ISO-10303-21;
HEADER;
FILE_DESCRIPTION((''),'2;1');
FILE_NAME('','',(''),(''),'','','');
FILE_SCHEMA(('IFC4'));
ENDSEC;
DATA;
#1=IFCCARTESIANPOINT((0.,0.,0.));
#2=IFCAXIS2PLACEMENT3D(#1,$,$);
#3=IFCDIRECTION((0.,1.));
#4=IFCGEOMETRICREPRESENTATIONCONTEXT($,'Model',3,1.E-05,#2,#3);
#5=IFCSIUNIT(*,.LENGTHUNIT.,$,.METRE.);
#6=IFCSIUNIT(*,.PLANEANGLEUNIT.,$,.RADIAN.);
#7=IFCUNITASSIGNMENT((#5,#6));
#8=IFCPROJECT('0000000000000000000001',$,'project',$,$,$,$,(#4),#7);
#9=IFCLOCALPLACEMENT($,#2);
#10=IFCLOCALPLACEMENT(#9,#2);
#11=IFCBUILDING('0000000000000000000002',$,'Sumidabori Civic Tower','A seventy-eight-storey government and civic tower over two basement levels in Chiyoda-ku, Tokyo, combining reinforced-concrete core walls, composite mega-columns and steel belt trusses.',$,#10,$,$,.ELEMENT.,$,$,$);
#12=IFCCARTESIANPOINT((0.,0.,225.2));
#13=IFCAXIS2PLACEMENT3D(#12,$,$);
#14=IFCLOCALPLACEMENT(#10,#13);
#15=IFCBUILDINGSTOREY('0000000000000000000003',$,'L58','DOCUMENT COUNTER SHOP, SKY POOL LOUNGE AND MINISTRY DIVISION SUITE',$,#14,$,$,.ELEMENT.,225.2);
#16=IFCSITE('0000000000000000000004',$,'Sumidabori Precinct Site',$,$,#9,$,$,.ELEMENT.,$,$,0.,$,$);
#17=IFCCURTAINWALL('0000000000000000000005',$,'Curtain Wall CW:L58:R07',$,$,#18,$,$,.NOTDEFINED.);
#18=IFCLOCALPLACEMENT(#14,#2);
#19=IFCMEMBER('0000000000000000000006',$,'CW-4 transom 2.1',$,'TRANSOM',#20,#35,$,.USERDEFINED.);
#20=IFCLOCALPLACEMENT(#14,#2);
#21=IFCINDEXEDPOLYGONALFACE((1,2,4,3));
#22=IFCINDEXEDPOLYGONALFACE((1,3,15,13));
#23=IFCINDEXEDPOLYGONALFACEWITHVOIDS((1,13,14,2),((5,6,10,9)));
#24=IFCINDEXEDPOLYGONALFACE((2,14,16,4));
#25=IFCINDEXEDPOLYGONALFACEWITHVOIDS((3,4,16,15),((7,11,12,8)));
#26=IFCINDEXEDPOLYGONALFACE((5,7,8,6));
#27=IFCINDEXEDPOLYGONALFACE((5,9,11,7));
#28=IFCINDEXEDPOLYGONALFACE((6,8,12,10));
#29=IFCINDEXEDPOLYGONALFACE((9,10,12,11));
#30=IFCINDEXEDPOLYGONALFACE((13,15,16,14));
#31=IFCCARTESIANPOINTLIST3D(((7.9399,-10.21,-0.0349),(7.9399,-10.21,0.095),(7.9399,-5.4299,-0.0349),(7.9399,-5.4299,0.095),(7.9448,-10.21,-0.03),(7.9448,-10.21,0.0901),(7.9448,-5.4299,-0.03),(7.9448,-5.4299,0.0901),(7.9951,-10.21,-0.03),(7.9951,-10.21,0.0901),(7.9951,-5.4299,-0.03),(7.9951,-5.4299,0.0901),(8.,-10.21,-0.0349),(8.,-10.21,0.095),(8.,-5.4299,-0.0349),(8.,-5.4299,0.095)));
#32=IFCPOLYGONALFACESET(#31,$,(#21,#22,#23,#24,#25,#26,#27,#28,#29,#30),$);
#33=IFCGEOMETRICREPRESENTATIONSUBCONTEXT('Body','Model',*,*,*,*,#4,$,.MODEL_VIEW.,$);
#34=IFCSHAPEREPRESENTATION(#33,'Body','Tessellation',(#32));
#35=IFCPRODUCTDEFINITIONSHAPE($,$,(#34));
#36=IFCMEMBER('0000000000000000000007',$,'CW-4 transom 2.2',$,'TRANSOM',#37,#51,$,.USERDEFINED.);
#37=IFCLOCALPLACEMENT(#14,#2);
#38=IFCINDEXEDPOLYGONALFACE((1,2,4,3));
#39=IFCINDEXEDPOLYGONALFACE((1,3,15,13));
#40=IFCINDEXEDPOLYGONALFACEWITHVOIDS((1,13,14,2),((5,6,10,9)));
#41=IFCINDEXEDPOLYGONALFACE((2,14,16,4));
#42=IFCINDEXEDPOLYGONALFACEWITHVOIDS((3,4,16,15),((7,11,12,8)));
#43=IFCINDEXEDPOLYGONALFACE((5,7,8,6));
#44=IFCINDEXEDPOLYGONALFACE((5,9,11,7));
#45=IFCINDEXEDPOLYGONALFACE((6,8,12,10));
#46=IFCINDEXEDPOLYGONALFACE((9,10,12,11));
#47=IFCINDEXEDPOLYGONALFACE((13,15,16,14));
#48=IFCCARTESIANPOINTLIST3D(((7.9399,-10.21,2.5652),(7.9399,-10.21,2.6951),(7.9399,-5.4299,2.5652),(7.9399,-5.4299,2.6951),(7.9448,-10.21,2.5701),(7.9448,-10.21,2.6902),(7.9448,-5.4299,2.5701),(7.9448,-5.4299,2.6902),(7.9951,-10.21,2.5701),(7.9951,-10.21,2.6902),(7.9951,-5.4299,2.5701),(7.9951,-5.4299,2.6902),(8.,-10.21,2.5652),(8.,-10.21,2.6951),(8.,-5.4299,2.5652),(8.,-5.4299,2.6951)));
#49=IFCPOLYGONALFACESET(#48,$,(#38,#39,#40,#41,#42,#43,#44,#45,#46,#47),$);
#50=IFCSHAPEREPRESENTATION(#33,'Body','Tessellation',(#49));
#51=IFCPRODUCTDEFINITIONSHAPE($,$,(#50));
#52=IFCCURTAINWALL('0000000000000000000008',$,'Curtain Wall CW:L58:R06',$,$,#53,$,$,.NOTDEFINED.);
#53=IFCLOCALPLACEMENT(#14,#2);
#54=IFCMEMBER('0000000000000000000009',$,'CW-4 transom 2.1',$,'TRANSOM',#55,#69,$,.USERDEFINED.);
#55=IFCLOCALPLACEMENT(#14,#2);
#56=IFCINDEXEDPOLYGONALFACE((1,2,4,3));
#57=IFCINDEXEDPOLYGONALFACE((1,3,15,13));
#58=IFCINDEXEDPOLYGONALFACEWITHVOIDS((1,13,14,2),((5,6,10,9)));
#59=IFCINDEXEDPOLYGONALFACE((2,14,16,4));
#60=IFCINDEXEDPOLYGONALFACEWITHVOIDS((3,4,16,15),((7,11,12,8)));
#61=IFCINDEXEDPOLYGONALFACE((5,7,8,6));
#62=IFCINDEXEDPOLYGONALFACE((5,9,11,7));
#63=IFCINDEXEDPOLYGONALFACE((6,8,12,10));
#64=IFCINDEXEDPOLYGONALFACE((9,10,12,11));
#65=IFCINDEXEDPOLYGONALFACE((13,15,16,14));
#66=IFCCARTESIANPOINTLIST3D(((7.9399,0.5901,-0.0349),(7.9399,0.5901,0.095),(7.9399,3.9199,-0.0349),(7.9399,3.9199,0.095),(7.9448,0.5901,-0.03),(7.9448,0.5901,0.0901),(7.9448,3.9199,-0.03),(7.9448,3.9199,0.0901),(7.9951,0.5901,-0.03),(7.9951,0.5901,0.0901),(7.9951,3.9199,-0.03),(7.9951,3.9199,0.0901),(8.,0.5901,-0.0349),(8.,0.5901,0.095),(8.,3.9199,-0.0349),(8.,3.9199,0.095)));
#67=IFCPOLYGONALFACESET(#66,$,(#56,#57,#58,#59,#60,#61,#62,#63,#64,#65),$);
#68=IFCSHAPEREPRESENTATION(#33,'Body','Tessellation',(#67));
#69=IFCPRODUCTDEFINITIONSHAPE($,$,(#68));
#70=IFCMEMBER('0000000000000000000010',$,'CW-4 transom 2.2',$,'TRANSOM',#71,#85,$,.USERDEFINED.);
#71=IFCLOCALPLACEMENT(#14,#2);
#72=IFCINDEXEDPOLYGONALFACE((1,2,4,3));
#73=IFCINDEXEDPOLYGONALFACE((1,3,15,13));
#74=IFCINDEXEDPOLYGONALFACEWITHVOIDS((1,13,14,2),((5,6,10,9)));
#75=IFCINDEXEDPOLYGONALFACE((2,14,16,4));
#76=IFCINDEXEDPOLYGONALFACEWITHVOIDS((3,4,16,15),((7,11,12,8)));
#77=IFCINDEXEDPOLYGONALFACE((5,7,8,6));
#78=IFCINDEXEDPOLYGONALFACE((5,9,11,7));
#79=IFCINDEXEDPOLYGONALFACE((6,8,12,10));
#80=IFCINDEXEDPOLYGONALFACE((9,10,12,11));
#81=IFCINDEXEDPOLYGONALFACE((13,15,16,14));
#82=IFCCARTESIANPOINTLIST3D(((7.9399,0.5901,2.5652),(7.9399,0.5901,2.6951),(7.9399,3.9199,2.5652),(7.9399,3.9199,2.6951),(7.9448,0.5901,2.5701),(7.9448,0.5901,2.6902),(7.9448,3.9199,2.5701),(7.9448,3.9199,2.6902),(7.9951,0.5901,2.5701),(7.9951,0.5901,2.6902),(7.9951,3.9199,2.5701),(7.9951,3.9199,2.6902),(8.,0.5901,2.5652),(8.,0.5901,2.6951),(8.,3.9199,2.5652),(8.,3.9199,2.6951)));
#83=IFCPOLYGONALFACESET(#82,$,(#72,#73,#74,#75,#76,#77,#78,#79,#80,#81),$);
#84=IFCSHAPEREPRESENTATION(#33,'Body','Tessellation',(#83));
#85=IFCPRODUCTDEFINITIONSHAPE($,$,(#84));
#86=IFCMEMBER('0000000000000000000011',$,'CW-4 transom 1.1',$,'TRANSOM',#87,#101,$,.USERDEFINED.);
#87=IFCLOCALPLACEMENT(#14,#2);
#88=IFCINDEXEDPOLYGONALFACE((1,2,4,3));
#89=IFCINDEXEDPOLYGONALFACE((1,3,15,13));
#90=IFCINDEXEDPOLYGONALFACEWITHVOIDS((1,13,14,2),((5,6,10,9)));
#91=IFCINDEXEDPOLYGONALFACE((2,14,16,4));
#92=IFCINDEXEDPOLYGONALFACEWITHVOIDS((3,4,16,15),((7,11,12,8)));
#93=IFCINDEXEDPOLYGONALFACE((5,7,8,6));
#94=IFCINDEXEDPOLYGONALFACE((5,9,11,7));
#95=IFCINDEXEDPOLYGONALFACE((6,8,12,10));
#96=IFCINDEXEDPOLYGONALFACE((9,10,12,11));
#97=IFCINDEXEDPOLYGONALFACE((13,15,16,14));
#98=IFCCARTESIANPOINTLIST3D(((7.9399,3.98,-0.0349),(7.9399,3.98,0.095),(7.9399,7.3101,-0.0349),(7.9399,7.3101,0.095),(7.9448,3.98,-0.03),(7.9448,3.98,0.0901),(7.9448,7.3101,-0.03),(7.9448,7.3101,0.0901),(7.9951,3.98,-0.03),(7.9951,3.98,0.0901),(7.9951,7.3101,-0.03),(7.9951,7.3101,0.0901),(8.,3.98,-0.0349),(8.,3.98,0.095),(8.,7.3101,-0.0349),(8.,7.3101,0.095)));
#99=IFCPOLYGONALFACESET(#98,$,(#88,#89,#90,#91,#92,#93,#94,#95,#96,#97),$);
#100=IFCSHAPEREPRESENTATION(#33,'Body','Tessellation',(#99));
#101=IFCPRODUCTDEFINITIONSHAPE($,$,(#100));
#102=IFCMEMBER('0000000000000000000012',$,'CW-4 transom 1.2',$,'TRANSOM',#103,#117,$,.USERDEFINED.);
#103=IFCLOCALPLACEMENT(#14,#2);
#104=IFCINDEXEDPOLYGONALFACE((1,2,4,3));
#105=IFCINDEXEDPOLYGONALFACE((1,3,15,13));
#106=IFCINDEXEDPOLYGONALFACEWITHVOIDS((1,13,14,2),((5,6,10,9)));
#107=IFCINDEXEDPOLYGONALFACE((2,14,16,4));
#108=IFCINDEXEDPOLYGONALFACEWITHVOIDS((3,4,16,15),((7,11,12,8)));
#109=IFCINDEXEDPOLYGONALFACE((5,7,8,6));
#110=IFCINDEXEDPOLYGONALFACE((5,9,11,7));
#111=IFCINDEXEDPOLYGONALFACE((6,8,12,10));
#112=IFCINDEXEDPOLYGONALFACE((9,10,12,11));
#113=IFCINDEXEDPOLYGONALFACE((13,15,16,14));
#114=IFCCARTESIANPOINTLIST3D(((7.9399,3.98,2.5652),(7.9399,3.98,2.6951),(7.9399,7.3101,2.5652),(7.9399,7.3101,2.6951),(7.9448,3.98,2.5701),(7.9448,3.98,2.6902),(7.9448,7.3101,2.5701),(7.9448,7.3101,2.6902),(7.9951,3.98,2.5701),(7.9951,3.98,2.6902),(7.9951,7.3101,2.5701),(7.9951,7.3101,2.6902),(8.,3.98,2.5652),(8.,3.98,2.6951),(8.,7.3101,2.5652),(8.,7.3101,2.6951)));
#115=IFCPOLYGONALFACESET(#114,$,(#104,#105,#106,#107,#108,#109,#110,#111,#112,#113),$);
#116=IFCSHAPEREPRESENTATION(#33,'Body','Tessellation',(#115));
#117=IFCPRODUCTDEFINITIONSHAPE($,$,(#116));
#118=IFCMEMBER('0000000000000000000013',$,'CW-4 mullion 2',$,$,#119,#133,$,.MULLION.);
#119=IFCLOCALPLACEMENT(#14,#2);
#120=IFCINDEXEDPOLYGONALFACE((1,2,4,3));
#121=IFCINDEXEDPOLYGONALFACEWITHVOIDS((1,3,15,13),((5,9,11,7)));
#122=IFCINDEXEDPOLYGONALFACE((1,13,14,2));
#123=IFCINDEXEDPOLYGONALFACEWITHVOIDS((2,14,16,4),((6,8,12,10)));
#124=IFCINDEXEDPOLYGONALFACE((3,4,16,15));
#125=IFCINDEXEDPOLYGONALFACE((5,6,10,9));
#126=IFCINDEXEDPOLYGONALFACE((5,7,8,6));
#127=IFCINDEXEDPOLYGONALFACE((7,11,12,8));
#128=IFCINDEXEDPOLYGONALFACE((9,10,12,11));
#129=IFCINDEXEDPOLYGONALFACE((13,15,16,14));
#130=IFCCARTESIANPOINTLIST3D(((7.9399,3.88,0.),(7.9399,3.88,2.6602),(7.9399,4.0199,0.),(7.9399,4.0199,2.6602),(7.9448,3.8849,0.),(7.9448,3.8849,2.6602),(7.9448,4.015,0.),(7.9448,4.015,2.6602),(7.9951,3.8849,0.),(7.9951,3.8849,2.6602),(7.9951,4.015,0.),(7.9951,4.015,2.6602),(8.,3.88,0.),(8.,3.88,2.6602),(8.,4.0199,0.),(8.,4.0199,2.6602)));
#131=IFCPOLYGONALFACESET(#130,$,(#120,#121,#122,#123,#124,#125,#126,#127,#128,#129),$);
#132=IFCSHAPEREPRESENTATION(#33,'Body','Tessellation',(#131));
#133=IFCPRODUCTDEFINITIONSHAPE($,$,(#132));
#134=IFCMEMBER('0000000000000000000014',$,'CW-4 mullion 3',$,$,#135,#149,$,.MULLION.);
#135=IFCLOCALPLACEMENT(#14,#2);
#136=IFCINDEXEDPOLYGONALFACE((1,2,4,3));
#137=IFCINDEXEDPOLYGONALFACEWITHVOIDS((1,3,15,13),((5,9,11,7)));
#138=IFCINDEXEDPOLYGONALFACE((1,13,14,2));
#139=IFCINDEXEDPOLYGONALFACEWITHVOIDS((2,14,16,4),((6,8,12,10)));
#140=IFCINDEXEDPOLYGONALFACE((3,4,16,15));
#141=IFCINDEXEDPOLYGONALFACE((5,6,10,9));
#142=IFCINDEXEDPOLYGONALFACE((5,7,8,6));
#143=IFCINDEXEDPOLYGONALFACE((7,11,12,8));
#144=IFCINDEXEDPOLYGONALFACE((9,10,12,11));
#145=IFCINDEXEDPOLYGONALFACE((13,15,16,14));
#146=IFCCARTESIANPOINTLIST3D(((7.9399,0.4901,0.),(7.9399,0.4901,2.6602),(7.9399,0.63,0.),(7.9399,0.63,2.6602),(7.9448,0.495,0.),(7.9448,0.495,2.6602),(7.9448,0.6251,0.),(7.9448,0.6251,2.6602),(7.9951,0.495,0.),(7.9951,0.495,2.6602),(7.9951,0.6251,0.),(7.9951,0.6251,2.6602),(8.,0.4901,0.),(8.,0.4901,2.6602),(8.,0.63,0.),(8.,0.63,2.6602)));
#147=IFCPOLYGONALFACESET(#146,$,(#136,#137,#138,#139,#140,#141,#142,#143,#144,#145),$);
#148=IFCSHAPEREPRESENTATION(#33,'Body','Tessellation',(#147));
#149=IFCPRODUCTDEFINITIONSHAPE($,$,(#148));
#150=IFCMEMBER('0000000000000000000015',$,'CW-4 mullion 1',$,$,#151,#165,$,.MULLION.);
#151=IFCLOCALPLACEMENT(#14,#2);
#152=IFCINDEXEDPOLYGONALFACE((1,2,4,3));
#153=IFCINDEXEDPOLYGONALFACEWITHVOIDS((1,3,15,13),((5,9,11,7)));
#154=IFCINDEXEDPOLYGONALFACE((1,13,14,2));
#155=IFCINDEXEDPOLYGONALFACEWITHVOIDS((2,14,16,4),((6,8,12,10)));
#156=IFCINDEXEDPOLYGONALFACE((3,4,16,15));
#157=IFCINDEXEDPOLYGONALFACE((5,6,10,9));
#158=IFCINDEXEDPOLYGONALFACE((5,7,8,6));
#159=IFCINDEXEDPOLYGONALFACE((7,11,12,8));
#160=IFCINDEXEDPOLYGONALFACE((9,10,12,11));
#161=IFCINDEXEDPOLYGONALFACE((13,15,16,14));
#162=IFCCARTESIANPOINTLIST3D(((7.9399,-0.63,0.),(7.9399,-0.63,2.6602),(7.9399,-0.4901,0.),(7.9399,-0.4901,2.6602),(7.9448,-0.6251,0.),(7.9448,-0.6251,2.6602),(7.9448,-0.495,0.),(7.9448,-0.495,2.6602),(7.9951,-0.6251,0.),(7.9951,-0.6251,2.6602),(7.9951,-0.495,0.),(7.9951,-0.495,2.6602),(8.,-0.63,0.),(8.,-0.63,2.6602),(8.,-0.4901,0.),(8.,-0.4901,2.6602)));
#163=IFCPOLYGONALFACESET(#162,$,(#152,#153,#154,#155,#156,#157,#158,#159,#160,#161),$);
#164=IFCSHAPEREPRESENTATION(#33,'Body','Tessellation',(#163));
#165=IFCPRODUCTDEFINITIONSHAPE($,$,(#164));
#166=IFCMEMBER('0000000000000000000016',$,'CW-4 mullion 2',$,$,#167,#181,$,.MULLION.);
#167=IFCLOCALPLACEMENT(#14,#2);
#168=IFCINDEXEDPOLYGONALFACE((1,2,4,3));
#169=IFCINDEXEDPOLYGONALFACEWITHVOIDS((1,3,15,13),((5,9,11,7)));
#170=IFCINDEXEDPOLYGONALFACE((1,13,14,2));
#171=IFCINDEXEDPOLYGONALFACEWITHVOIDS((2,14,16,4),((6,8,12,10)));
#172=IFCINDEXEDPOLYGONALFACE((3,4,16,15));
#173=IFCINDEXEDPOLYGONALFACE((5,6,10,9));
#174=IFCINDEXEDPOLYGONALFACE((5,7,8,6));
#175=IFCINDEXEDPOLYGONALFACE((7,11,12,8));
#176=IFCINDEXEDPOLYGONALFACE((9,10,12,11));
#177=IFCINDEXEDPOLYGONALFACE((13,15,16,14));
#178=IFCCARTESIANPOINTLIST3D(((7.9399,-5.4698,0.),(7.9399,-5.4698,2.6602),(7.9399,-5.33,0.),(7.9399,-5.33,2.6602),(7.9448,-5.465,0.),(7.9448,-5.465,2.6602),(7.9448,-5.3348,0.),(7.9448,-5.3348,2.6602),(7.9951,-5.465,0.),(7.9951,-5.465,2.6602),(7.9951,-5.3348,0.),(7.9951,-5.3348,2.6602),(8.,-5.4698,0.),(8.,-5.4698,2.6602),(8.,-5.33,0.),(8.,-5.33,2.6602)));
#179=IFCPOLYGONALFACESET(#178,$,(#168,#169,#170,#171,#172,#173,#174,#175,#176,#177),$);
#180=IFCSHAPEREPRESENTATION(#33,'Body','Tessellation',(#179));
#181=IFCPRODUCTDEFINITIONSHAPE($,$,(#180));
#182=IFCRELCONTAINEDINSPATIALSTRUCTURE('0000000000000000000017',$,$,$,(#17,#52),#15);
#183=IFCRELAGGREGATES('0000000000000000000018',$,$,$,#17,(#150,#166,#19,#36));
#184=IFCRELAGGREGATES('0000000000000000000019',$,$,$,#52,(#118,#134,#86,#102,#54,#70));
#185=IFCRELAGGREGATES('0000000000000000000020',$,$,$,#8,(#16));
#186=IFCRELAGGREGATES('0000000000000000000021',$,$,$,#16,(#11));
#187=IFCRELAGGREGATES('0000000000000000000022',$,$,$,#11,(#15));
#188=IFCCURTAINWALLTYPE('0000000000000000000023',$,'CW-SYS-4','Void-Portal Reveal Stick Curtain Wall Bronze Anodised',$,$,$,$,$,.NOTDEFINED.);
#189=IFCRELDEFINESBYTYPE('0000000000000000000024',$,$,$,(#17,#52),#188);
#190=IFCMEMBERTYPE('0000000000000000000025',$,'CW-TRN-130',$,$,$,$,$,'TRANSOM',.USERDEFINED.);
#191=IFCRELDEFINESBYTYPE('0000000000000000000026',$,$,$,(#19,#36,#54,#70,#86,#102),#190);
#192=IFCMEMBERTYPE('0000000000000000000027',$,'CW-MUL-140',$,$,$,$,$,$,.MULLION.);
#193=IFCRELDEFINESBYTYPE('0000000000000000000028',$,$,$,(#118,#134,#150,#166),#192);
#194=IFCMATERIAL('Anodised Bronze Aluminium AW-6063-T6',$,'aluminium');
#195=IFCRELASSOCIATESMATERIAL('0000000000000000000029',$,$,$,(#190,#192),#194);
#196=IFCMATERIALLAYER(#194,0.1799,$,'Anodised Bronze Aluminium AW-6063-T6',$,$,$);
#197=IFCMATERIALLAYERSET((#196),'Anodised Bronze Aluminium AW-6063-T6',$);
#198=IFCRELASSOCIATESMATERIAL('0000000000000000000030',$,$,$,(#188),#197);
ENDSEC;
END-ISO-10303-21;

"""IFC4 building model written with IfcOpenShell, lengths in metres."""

from ifc_helpers import new_model, si_unit, direction, frame, origin, origin_2d, place, context, subcontext, project, spatial, hollow_rectangle, extrude, source, transform, mapped, material, layer, layer_set, material_profile, profile_set, type_object, element, aggregate, save


model = new_model("IFC4")

# Units and contexts
model_context = context("Model", 3, precision=1e-05, world=origin(), true_north=direction((0.0, 1.0)))
body_context = subcontext(model_context, "Body", "Model", "MODEL_VIEW")
ifc_project = project(units=[si_unit("LENGTHUNIT", "METRE"), si_unit("PLANEANGLEUNIT", "RADIAN")], contexts=[model_context])

# Site, building, storey
site_placement = place(None, origin())
site = spatial("IfcSite", under=ifc_project, at=site_placement, Name="Sumidabori Precinct Site", CompositionType="ELEMENT", RefElevation=0.0)
building_placement = place(site_placement, origin())
building = spatial("IfcBuilding", under=site, at=building_placement, Name="Sumidabori Civic Tower", Description="A seventy-eight-storey government and civic tower over two basement levels in Chiyoda-ku, Tokyo, combining reinforced-concrete core walls, composite mega-columns and steel belt trusses.", CompositionType="ELEMENT")
storey_placement = place(building_placement, frame((0.0, 0.0, 225.2)))
storey = spatial("IfcBuildingStorey", under=building, at=storey_placement, Name="L58", Description="DOCUMENT COUNTER SHOP, SKY POOL LOUNGE AND MINISTRY DIVISION SUITE", CompositionType="ELEMENT", Elevation=225.2)

# Curtain walls, members
ifc_material_1 = material(Name="Anodised Bronze Aluminium AW-6063-T6", Category="aluminium")
ifc_material_profile_1 = material_profile(ifc_material_1, hollow_rectangle(XDim=0.0601, YDim=0.1299, WallThickness=0.0049, at=origin_2d()), Name="ALU TRANSOM 130x60")
ifc_profile_set_1 = profile_set([ifc_material_profile_1], Name="Anodised Bronze Aluminium AW-6063-T6")
member_type_1 = type_object("IfcMemberType", Name="CW-TRN-130", ElementType="TRANSOM", PredefinedType="USERDEFINED", material=ifc_profile_set_1)
ifc_layer_1 = layer(ifc_material_1, 0.1799, Name="Anodised Bronze Aluminium AW-6063-T6")
ifc_layer_set_1 = layer_set([ifc_layer_1], Name="Anodised Bronze Aluminium AW-6063-T6")
curtain_wall_type_1 = type_object("IfcCurtainWallType", Name="CW-SYS-4", Description="Void-Portal Reveal Stick Curtain Wall Bronze Anodised", PredefinedType="NOTDEFINED", material=ifc_layer_set_1)
curtain_wall_1_placement = place(storey_placement, origin())
curtain_wall_1 = element("IfcCurtainWall", 1, at=curtain_wall_1_placement, inside=storey, type_object=curtain_wall_type_1, Name="Curtain Wall CW:L58:R07", PredefinedType="NOTDEFINED")
shared_shape_1 = source(origin(), body_context, "Body", "SweptSolid", [
    extrude(hollow_rectangle(XDim=0.0601, YDim=0.1299, WallThickness=0.0049, at=origin_2d()), origin(), (0.0, 0.0, 1.0), 4.78),
])
member_1_placement = place(storey_placement, frame((7.97, -5.4299, 0.03), z_axis=(0.0, -1.0, 0.0), x_axis=(1.0, 0.0, 0.0)))
member_1 = element("IfcMember", 2, at=member_1_placement, type_object=member_type_1, Name="CW-4 transom 2.1", ObjectType="TRANSOM", PredefinedType="USERDEFINED", context=body_context, shape_type="MappedRepresentation", body=[
    mapped(shared_shape_1, transform((0.0, 0.0, 0.0), x_axis=(1.0, 0.0, 0.0), y_axis=(0.0, 1.0, 0.0), z_axis=(0.0, 0.0, 1.0), scale=1.0)),
])
member_2_placement = place(storey_placement, frame((7.97, -5.4299, 2.6301), z_axis=(0.0, -1.0, 0.0), x_axis=(1.0, 0.0, 0.0)))
member_2 = element("IfcMember", 3, at=member_2_placement, type_object=member_type_1, Name="CW-4 transom 2.2", ObjectType="TRANSOM", PredefinedType="USERDEFINED", context=body_context, shape_type="MappedRepresentation", body=[
    mapped(shared_shape_1, transform((0.0, 0.0, 0.0), x_axis=(1.0, 0.0, 0.0), y_axis=(0.0, 1.0, 0.0), z_axis=(0.0, 0.0, 1.0), scale=1.0)),
])
curtain_wall_2_placement = place(storey_placement, origin())
curtain_wall_2 = element("IfcCurtainWall", 4, at=curtain_wall_2_placement, inside=storey, type_object=curtain_wall_type_1, Name="Curtain Wall CW:L58:R06", PredefinedType="NOTDEFINED")
shared_shape_2 = source(origin(), body_context, "Body", "SweptSolid", [
    extrude(hollow_rectangle(XDim=0.0601, YDim=0.1299, WallThickness=0.0049, at=origin_2d()), origin(), (0.0, 0.0, 1.0), 3.3298),
])
member_3_placement = place(storey_placement, frame((7.97, 3.9199, 0.03), z_axis=(0.0, -1.0, 0.0), x_axis=(1.0, 0.0, 0.0)))
member_3 = element("IfcMember", 5, at=member_3_placement, type_object=member_type_1, Name="CW-4 transom 2.1", ObjectType="TRANSOM", PredefinedType="USERDEFINED", context=body_context, shape_type="MappedRepresentation", body=[
    mapped(shared_shape_2, transform((0.0, 0.0, 0.0), x_axis=(1.0, 0.0, 0.0), y_axis=(0.0, 1.0, 0.0), z_axis=(0.0, 0.0, 1.0), scale=1.0)),
])
member_4_placement = place(storey_placement, frame((7.97, 3.9199, 2.6301), z_axis=(0.0, -1.0, 0.0), x_axis=(1.0, 0.0, 0.0)))
member_4 = element("IfcMember", 6, at=member_4_placement, type_object=member_type_1, Name="CW-4 transom 2.2", ObjectType="TRANSOM", PredefinedType="USERDEFINED", context=body_context, shape_type="MappedRepresentation", body=[
    mapped(shared_shape_2, transform((0.0, 0.0, 0.0), x_axis=(1.0, 0.0, 0.0), y_axis=(0.0, 1.0, 0.0), z_axis=(0.0, 0.0, 1.0), scale=1.0)),
])
shared_shape_3 = source(origin(), body_context, "Body", "SweptSolid", [
    extrude(hollow_rectangle(XDim=0.0601, YDim=0.1299, WallThickness=0.0049, at=origin_2d()), origin(), (0.0, 0.0, 1.0), 3.3301),
])
member_5_placement = place(storey_placement, frame((7.97, 7.3101, 0.03), z_axis=(0.0, -1.0, 0.0), x_axis=(1.0, 0.0, 0.0)))
member_5 = element("IfcMember", 7, at=member_5_placement, type_object=member_type_1, Name="CW-4 transom 1.1", ObjectType="TRANSOM", PredefinedType="USERDEFINED", context=body_context, shape_type="MappedRepresentation", body=[
    mapped(shared_shape_3, transform((0.0, 0.0, 0.0), x_axis=(1.0, 0.0, 0.0), y_axis=(0.0, 1.0, 0.0), z_axis=(0.0, 0.0, 1.0), scale=1.0)),
])
member_6_placement = place(storey_placement, frame((7.97, 7.3101, 2.6301), z_axis=(0.0, -1.0, 0.0), x_axis=(1.0, 0.0, 0.0)))
member_6 = element("IfcMember", 8, at=member_6_placement, type_object=member_type_1, Name="CW-4 transom 1.2", ObjectType="TRANSOM", PredefinedType="USERDEFINED", context=body_context, shape_type="MappedRepresentation", body=[
    mapped(shared_shape_3, transform((0.0, 0.0, 0.0), x_axis=(1.0, 0.0, 0.0), y_axis=(0.0, 1.0, 0.0), z_axis=(0.0, 0.0, 1.0), scale=1.0)),
])
ifc_material_profile_2 = material_profile(ifc_material_1, hollow_rectangle(XDim=0.0601, YDim=0.1399, WallThickness=0.0049, at=origin_2d()), Name="ALU MULLION 140x60")
ifc_profile_set_2 = profile_set([ifc_material_profile_2], Name="Anodised Bronze Aluminium AW-6063-T6")
member_type_2 = type_object("IfcMemberType", Name="CW-MUL-140", PredefinedType="MULLION", material=ifc_profile_set_2)
shared_shape_4 = source(origin(), body_context, "Body", "SweptSolid", [
    extrude(hollow_rectangle(XDim=0.0601, YDim=0.1399, WallThickness=0.0049, at=origin_2d()), origin(), (0.0, 0.0, 1.0), 2.6602),
])
member_7_placement = place(storey_placement, frame((7.97, 3.95, 0.0), z_axis=(0.0, 0.0, 1.0), x_axis=(1.0, 0.0, 0.0)))
member_7 = element("IfcMember", 9, at=member_7_placement, type_object=member_type_2, Name="CW-4 mullion 2", PredefinedType="MULLION", context=body_context, shape_type="MappedRepresentation", body=[
    mapped(shared_shape_4, transform((0.0, 0.0, 0.0), x_axis=(1.0, 0.0, 0.0), y_axis=(0.0, 1.0, 0.0), z_axis=(0.0, 0.0, 1.0), scale=1.0)),
])
member_8_placement = place(storey_placement, frame((7.97, 0.5601, 0.0), z_axis=(0.0, 0.0, 1.0), x_axis=(1.0, 0.0, 0.0)))
member_8 = element("IfcMember", 10, at=member_8_placement, type_object=member_type_2, Name="CW-4 mullion 3", PredefinedType="MULLION", context=body_context, shape_type="MappedRepresentation", body=[
    mapped(shared_shape_4, transform((0.0, 0.0, 0.0), x_axis=(1.0, 0.0, 0.0), y_axis=(0.0, 1.0, 0.0), z_axis=(0.0, 0.0, 1.0), scale=1.0)),
])

# Members
member_9_placement = place(storey_placement, frame((7.97, -0.5601, 0.0), z_axis=(0.0, 0.0, 1.0), x_axis=(1.0, 0.0, 0.0)))
member_9 = element("IfcMember", 11, at=member_9_placement, type_object=member_type_2, Name="CW-4 mullion 1", PredefinedType="MULLION", context=body_context, shape_type="MappedRepresentation", body=[
    mapped(shared_shape_4, transform((0.0, 0.0, 0.0), x_axis=(1.0, 0.0, 0.0), y_axis=(0.0, 1.0, 0.0), z_axis=(0.0, 0.0, 1.0), scale=1.0)),
])
member_10_placement = place(storey_placement, frame((7.97, -5.3999, 0.0), z_axis=(0.0, 0.0, 1.0), x_axis=(1.0, 0.0, 0.0)))
member_10 = element("IfcMember", 12, at=member_10_placement, type_object=member_type_2, Name="CW-4 mullion 2", PredefinedType="MULLION", context=body_context, shape_type="MappedRepresentation", body=[
    mapped(shared_shape_4, transform((0.0, 0.0, 0.0), x_axis=(1.0, 0.0, 0.0), y_axis=(0.0, 1.0, 0.0), z_axis=(0.0, 0.0, 1.0), scale=1.0)),
])

aggregate(curtain_wall_1, [member_9, member_10, member_1, member_2])
aggregate(curtain_wall_2, [member_7, member_8, member_5, member_6, member_3, member_4])

save(model, "model.ifc")
